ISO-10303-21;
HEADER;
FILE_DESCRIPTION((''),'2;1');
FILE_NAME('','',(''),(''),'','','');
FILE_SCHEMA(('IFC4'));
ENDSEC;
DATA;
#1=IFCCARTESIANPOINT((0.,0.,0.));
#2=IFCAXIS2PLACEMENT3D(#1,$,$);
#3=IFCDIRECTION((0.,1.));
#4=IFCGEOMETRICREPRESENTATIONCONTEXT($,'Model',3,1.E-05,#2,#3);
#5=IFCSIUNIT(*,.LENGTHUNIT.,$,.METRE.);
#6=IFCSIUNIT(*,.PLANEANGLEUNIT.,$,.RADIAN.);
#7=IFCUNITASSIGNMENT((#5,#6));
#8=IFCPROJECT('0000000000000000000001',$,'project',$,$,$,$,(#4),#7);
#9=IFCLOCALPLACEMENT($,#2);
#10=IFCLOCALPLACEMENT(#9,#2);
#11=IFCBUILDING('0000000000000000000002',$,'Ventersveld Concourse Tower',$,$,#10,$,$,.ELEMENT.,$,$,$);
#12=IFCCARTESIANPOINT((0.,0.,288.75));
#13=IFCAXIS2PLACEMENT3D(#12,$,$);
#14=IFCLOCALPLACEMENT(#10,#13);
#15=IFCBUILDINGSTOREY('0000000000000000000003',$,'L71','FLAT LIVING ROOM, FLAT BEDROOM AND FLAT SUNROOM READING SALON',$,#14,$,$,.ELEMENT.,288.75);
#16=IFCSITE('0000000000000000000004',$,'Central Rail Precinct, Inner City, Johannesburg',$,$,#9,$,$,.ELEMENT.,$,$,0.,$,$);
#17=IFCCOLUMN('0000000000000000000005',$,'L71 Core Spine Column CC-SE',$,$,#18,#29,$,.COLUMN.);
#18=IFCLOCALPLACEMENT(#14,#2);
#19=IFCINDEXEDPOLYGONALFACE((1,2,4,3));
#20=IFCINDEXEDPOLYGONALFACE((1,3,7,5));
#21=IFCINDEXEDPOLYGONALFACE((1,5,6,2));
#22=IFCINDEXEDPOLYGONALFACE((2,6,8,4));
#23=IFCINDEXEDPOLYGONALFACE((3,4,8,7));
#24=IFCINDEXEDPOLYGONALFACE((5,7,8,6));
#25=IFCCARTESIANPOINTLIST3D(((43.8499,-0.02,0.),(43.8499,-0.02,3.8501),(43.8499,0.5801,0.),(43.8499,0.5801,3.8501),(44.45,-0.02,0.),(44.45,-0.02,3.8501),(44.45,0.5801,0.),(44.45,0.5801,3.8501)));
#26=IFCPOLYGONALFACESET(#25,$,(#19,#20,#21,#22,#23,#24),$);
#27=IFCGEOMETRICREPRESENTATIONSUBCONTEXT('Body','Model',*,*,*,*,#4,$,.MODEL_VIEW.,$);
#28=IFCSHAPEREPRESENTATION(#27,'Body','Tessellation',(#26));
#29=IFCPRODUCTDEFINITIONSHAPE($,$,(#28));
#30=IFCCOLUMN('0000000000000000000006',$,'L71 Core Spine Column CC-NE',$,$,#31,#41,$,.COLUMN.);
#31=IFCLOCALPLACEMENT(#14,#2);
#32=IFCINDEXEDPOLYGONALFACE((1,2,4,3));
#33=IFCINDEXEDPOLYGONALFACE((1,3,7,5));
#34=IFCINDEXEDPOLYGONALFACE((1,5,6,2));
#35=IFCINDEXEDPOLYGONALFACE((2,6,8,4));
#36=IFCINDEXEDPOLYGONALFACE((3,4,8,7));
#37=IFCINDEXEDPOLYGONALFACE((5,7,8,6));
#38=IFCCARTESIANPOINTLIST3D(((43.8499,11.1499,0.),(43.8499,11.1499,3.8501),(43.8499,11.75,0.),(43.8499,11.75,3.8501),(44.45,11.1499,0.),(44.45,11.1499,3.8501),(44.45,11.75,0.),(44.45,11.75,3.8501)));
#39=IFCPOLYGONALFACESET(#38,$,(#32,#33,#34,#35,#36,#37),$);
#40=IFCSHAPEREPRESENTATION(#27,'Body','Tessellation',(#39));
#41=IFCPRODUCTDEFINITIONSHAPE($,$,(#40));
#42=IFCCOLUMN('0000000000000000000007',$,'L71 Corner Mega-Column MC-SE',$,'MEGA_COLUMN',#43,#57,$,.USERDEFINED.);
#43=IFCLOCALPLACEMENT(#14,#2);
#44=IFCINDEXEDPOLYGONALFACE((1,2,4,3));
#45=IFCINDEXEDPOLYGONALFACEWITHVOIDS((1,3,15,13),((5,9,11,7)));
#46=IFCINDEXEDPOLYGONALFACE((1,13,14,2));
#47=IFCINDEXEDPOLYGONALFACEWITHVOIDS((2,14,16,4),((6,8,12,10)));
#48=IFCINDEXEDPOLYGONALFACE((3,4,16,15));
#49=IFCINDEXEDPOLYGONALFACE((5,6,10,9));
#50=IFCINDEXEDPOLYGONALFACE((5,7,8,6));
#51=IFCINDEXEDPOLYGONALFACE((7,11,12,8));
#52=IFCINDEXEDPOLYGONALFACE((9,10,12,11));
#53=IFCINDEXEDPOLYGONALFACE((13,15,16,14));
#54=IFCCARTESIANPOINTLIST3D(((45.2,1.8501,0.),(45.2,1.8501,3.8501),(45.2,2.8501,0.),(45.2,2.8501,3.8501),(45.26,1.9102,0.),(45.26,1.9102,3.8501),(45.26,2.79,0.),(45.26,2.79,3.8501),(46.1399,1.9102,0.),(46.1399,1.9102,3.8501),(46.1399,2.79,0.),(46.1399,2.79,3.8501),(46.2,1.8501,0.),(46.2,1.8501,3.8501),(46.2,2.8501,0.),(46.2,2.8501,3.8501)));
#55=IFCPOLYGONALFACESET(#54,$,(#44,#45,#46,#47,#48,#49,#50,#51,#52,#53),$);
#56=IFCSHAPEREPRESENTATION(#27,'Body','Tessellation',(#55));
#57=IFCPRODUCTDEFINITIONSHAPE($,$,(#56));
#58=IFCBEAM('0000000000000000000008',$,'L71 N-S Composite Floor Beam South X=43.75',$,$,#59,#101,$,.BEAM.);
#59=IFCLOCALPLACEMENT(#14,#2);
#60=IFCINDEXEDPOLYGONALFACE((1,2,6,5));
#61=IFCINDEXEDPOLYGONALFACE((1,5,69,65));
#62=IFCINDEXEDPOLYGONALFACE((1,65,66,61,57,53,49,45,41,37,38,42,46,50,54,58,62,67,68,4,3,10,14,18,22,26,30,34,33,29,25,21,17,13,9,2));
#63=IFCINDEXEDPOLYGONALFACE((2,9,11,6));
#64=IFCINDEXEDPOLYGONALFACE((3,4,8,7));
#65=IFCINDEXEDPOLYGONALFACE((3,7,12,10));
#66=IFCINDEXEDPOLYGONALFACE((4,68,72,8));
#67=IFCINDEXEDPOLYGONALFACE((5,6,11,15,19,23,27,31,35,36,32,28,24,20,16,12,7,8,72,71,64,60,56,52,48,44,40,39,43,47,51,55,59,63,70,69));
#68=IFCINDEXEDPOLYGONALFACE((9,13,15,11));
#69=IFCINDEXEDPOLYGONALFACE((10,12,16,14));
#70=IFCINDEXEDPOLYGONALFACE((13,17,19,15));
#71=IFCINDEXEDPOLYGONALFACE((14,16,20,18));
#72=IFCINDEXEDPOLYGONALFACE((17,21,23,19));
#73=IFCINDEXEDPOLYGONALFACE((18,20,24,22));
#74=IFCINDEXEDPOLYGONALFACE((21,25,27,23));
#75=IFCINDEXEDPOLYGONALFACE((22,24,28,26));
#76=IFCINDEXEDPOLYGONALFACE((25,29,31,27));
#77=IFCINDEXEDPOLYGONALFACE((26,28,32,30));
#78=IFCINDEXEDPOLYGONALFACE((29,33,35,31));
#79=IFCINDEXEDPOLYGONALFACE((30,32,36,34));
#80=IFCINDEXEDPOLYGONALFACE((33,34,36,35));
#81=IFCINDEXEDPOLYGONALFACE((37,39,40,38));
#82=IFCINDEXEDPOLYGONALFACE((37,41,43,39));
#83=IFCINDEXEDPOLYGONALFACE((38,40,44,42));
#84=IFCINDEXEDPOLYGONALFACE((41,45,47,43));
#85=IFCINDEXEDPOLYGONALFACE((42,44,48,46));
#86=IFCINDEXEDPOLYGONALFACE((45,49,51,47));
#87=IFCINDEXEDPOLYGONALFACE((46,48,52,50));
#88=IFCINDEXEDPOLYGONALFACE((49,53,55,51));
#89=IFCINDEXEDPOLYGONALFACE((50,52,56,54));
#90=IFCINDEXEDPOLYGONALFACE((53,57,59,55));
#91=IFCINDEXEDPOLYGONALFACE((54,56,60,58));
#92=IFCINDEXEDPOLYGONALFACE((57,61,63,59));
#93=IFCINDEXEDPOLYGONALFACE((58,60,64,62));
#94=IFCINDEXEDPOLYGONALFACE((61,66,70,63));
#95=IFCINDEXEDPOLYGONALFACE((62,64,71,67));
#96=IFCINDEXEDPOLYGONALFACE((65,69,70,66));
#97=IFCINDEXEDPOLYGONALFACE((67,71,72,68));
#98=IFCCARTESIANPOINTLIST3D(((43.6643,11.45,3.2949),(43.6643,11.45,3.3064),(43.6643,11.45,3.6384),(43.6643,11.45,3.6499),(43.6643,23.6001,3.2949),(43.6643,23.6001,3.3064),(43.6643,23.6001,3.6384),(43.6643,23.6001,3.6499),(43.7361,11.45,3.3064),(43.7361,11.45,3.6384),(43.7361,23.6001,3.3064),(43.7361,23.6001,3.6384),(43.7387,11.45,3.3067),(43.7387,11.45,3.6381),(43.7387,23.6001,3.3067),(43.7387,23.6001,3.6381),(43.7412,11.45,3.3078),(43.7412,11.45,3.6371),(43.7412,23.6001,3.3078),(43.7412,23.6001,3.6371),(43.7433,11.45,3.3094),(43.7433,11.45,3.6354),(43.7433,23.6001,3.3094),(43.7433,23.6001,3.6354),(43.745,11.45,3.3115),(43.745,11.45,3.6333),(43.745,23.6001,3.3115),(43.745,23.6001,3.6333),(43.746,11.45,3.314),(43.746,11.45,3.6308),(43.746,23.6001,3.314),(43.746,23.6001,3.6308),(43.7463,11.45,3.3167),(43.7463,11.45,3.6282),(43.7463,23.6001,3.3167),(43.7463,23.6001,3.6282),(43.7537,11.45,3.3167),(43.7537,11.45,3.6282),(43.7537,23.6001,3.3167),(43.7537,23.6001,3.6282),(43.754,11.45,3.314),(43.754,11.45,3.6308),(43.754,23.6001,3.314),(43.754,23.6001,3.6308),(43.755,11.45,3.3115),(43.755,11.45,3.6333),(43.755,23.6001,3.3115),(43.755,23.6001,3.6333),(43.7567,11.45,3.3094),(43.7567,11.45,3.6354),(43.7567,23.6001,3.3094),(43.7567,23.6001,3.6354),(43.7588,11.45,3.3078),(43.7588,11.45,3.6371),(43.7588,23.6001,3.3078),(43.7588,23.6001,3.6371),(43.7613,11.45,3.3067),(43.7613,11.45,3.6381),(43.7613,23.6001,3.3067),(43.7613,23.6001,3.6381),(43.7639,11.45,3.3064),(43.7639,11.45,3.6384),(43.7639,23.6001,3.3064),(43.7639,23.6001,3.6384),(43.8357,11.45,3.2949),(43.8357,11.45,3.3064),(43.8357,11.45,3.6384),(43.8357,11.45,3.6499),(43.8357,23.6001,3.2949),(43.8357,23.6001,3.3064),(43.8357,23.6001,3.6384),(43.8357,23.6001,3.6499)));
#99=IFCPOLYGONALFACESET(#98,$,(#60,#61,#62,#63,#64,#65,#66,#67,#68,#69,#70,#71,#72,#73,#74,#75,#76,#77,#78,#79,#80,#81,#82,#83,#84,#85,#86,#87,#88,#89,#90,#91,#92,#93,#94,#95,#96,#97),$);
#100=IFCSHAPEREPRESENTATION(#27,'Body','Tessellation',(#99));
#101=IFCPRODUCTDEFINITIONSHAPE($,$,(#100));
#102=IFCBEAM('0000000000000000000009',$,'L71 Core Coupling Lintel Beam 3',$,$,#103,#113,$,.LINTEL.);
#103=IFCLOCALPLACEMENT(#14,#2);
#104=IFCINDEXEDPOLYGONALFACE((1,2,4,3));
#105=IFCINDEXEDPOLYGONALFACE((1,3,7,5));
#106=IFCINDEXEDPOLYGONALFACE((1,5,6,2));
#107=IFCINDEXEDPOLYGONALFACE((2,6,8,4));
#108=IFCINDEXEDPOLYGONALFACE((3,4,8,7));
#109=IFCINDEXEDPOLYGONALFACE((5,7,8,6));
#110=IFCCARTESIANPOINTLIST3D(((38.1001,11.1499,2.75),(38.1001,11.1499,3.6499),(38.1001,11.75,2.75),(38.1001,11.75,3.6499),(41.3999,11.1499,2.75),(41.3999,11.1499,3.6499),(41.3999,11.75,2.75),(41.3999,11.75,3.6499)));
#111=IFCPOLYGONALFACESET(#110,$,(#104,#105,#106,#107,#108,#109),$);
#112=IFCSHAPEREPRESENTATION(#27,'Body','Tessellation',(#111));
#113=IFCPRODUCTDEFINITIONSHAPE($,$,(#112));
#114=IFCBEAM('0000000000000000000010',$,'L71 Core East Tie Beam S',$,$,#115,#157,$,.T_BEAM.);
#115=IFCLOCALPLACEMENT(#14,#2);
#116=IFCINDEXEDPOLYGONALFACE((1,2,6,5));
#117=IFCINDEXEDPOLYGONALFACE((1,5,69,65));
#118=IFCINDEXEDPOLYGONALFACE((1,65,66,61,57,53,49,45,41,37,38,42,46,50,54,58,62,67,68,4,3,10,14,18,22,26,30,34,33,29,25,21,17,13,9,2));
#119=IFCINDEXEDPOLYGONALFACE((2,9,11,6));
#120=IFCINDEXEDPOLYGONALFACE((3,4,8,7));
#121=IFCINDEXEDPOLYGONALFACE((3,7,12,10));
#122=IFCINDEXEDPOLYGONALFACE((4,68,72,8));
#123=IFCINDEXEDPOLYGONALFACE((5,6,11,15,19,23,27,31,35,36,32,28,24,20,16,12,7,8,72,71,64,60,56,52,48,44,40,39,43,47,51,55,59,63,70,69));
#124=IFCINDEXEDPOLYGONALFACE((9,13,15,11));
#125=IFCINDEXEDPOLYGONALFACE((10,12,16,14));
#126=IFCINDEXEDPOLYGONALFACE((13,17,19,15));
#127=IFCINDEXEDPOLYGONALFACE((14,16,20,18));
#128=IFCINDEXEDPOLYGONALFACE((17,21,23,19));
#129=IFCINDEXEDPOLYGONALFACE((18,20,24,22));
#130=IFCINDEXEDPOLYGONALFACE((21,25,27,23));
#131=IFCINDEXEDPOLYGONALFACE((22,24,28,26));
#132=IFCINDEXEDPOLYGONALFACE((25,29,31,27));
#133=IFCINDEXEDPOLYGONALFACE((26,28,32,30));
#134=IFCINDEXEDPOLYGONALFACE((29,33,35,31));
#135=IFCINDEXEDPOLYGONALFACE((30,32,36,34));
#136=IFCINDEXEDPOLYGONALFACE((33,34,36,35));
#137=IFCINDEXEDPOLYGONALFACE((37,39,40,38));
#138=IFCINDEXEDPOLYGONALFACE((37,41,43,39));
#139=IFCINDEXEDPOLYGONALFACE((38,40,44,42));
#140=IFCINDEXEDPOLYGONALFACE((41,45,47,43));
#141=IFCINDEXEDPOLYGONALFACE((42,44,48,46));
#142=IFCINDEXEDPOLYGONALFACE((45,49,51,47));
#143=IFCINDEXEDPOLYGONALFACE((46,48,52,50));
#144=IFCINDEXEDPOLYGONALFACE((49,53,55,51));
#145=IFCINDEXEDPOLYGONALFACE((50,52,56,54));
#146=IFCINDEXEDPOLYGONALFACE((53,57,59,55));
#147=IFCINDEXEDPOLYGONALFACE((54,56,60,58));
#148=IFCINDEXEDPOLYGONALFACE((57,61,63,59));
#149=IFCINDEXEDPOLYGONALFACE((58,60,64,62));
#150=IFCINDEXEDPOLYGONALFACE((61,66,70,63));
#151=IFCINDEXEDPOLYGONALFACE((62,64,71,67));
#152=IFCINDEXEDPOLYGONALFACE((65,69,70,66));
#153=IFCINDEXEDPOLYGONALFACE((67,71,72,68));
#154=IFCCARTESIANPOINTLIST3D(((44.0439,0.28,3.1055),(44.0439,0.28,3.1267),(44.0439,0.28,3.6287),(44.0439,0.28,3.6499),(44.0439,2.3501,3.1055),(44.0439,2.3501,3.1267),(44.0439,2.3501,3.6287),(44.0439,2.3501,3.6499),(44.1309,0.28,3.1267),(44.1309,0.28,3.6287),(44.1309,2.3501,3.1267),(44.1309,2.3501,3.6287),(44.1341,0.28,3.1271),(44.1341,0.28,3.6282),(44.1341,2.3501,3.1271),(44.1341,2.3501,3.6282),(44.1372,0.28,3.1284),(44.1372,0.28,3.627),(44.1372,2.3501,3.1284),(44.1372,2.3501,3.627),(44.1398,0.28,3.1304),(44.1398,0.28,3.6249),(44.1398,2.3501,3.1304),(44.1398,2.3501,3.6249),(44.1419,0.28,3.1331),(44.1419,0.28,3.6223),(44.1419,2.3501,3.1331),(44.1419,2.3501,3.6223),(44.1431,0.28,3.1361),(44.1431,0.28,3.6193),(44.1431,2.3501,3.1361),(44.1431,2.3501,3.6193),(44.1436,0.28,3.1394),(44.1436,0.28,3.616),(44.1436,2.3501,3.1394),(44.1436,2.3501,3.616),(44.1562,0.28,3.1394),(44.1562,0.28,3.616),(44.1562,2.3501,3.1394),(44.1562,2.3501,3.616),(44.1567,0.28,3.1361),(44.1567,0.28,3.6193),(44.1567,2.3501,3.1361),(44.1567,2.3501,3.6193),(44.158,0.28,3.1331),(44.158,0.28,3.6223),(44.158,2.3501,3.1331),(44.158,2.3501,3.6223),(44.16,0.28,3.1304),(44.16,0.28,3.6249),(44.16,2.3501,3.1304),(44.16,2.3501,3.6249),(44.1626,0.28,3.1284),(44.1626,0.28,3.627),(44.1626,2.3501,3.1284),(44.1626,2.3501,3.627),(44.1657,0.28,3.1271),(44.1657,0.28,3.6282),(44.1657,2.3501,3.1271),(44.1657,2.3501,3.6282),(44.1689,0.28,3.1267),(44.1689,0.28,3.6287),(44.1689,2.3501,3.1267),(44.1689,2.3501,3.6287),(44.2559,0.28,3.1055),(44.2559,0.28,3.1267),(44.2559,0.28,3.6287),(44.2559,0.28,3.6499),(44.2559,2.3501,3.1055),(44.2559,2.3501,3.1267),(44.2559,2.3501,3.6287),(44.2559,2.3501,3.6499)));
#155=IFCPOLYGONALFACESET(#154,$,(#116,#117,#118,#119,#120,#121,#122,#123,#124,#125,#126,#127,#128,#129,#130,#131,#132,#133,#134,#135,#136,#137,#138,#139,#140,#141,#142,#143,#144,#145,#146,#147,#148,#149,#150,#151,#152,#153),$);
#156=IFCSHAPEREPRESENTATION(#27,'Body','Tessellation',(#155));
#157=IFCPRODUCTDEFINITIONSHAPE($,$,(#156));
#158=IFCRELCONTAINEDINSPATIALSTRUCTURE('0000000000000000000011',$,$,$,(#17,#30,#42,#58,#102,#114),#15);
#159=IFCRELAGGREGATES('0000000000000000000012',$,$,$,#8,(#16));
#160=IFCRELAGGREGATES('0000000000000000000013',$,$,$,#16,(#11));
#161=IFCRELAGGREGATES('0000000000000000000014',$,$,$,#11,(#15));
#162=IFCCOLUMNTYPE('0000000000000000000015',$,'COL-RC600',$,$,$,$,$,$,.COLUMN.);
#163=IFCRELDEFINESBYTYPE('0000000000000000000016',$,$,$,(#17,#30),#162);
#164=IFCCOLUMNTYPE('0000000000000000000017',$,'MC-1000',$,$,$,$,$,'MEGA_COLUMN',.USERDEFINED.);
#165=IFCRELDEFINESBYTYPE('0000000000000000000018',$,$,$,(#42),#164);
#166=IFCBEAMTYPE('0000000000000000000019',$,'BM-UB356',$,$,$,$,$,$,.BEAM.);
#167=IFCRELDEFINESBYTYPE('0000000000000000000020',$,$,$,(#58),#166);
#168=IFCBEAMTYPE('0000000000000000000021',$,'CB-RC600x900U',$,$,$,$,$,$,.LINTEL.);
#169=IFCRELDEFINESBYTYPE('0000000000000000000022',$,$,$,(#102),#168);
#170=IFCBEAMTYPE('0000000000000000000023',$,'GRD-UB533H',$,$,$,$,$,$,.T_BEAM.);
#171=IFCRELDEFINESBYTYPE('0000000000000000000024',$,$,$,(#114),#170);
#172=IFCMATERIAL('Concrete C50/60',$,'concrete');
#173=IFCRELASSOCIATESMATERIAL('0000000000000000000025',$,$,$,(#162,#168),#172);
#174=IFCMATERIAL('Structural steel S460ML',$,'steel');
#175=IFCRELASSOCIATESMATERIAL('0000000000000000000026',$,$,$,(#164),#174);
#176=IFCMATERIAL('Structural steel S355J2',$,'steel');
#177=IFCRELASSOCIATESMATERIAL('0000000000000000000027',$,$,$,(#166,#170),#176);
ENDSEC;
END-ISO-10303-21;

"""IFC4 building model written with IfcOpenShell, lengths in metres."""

from ifc_helpers import new_model, si_unit, direction, frame, origin, origin_2d, place, context, subcontext, project, spatial, rectangle, hollow_rectangle, i_section, extrude, material, material_profile, profile_set, type_object, element, save


model = new_model("IFC4")

# Units and contexts
model_context = context("Model", 3, precision=1e-05, world=origin(), true_north=direction((0.0, 1.0)))
body_context = subcontext(model_context, "Body", "Model", "MODEL_VIEW")
ifc_project = project(units=[si_unit("LENGTHUNIT", "METRE"), si_unit("PLANEANGLEUNIT", "RADIAN")], contexts=[model_context])

# Site, building, storey
site_placement = place(None, origin())
site = spatial("IfcSite", under=ifc_project, at=site_placement, Name="Central Rail Precinct, Inner City, Johannesburg", CompositionType="ELEMENT", RefElevation=0.0)
building_placement = place(site_placement, origin())
building = spatial("IfcBuilding", under=site, at=building_placement, Name="Ventersveld Concourse Tower", CompositionType="ELEMENT")
storey_placement = place(building_placement, frame((0.0, 0.0, 288.75)))
storey = spatial("IfcBuildingStorey", under=building, at=storey_placement, Name="L71", Description="FLAT LIVING ROOM, FLAT BEDROOM AND FLAT SUNROOM READING SALON", CompositionType="ELEMENT", Elevation=288.75)

# Columns
ifc_material_1 = material(Name="Concrete C50/60", Category="concrete")
ifc_material_profile_1 = material_profile(ifc_material_1, rectangle(XDim=0.6001, YDim=0.6001, at=origin_2d()), Name="RC 600x600")
ifc_profile_set_1 = profile_set([ifc_material_profile_1], Name="Concrete C50/60")
column_type_1 = type_object("IfcColumnType", Name="COL-RC600", PredefinedType="COLUMN", material=ifc_profile_set_1)
for number, where, z_axis, x_axis, name in (
    (1, (44.1499, 0.28, 0.0), (0.0, 0.0, 1.0), (1.0, 0.0, 0.0), "L71 Core Spine Column CC-SE"),
    (2, (44.1499, 11.45, 0.0), (0.0, 0.0, 1.0), (1.0, 0.0, 0.0), "L71 Core Spine Column CC-NE"),
):
    element("IfcColumn", number, at=place(storey_placement, frame(where, z_axis=z_axis, x_axis=x_axis)), inside=storey, type_object=column_type_1, Name=name, PredefinedType="COLUMN", context=body_context, shape_type="SweptSolid", body=[
        extrude(rectangle(XDim=0.6001, YDim=0.6001, at=origin_2d()), origin(), (0.0, 0.0, 1.0), 3.8501),
    ])
ifc_material_2 = material(Name="Structural steel S460ML", Category="steel")
ifc_material_profile_2 = material_profile(ifc_material_2, hollow_rectangle(XDim=1.0, YDim=1.0, WallThickness=0.0601, at=origin_2d()), Name="BOX 1000x1000x60")
ifc_profile_set_2 = profile_set([ifc_material_profile_2], Name="Structural steel S460ML")
column_type_2 = type_object("IfcColumnType", Name="MC-1000", ElementType="MEGA_COLUMN", PredefinedType="USERDEFINED", material=ifc_profile_set_2)
column_placement = place(storey_placement, frame((45.7, 2.3501, 0.0), z_axis=(0.0, 0.0, 1.0), x_axis=(1.0, 0.0, 0.0)))
element("IfcColumn", 3, at=column_placement, inside=storey, type_object=column_type_2, Name="L71 Corner Mega-Column MC-SE", ObjectType="MEGA_COLUMN", PredefinedType="USERDEFINED", context=body_context, shape_type="SweptSolid", body=[
    extrude(hollow_rectangle(XDim=1.0, YDim=1.0, WallThickness=0.0601, at=origin_2d()), origin(), (0.0, 0.0, 1.0), 3.8501),
])

# Beams
ifc_material_3 = material(Name="Structural steel S355J2", Category="steel")
ifc_material_profile_3 = material_profile(ifc_material_3, i_section(OverallWidth=0.1714, OverallDepth=0.355, WebThickness=0.0073, FlangeThickness=0.0115, FilletRadius=0.0103, at=origin_2d()), Name="UB 356x171x51")
ifc_profile_set_3 = profile_set([ifc_material_profile_3], Name="Structural steel S355J2")
beam_type_1 = type_object("IfcBeamType", Name="BM-UB356", PredefinedType="BEAM", material=ifc_profile_set_3)
beam_1_placement = place(storey_placement, frame((43.75, 11.45, 3.4724), z_axis=(0.0, 1.0, 0.0), x_axis=(-1.0, 0.0, 0.0)))
element("IfcBeam", 4, at=beam_1_placement, inside=storey, type_object=beam_type_1, Name="L71 N-S Composite Floor Beam South X=43.75", PredefinedType="BEAM", context=body_context, shape_type="SweptSolid", body=[
    extrude(i_section(OverallWidth=0.1714, OverallDepth=0.355, WebThickness=0.0073, FlangeThickness=0.0115, FilletRadius=0.0103, at=origin_2d()), origin(), (0.0, 0.0, 1.0), 12.1501),
])
ifc_material_profile_4 = material_profile(ifc_material_1, rectangle(XDim=0.6001, YDim=0.8999, at=origin_2d()), Name="RC 600x900")
ifc_profile_set_4 = profile_set([ifc_material_profile_4], Name="Concrete C50/60")
beam_type_2 = type_object("IfcBeamType", Name="CB-RC600x900U", PredefinedType="LINTEL", material=ifc_profile_set_4)
beam_2_placement = place(storey_placement, frame((38.1001, 11.45, 3.2), z_axis=(1.0, 0.0, 0.0), x_axis=(0.0, 1.0, 0.0)))
element("IfcBeam", 5, at=beam_2_placement, inside=storey, type_object=beam_type_2, Name="L71 Core Coupling Lintel Beam 3", PredefinedType="LINTEL", context=body_context, shape_type="SweptSolid", body=[
    extrude(rectangle(XDim=0.6001, YDim=0.8999, at=origin_2d()), origin(), (0.0, 0.0, 1.0), 3.2998),
])
ifc_material_profile_5 = material_profile(ifc_material_3, i_section(OverallWidth=0.2119, OverallDepth=0.5444, WebThickness=0.0127, FlangeThickness=0.0212, FilletRadius=0.0127, at=origin_2d()), Name="UB 533x210x122")
ifc_profile_set_5 = profile_set([ifc_material_profile_5], Name="Structural steel S355J2")
beam_type_3 = type_object("IfcBeamType", Name="GRD-UB533H", PredefinedType="T_BEAM", material=ifc_profile_set_5)
beam_3_placement = place(storey_placement, frame((44.1499, 0.28, 3.3777), z_axis=(0.0, 1.0, 0.0), x_axis=(-1.0, 0.0, 0.0)))
element("IfcBeam", 6, at=beam_3_placement, inside=storey, type_object=beam_type_3, Name="L71 Core East Tie Beam S", PredefinedType="T_BEAM", context=body_context, shape_type="SweptSolid", body=[
    extrude(i_section(OverallWidth=0.2119, OverallDepth=0.5444, WebThickness=0.0127, FlangeThickness=0.0212, FilletRadius=0.0127, at=origin_2d()), origin(), (0.0, 0.0, 1.0), 2.0701),
])

save(model, "model.ifc")
